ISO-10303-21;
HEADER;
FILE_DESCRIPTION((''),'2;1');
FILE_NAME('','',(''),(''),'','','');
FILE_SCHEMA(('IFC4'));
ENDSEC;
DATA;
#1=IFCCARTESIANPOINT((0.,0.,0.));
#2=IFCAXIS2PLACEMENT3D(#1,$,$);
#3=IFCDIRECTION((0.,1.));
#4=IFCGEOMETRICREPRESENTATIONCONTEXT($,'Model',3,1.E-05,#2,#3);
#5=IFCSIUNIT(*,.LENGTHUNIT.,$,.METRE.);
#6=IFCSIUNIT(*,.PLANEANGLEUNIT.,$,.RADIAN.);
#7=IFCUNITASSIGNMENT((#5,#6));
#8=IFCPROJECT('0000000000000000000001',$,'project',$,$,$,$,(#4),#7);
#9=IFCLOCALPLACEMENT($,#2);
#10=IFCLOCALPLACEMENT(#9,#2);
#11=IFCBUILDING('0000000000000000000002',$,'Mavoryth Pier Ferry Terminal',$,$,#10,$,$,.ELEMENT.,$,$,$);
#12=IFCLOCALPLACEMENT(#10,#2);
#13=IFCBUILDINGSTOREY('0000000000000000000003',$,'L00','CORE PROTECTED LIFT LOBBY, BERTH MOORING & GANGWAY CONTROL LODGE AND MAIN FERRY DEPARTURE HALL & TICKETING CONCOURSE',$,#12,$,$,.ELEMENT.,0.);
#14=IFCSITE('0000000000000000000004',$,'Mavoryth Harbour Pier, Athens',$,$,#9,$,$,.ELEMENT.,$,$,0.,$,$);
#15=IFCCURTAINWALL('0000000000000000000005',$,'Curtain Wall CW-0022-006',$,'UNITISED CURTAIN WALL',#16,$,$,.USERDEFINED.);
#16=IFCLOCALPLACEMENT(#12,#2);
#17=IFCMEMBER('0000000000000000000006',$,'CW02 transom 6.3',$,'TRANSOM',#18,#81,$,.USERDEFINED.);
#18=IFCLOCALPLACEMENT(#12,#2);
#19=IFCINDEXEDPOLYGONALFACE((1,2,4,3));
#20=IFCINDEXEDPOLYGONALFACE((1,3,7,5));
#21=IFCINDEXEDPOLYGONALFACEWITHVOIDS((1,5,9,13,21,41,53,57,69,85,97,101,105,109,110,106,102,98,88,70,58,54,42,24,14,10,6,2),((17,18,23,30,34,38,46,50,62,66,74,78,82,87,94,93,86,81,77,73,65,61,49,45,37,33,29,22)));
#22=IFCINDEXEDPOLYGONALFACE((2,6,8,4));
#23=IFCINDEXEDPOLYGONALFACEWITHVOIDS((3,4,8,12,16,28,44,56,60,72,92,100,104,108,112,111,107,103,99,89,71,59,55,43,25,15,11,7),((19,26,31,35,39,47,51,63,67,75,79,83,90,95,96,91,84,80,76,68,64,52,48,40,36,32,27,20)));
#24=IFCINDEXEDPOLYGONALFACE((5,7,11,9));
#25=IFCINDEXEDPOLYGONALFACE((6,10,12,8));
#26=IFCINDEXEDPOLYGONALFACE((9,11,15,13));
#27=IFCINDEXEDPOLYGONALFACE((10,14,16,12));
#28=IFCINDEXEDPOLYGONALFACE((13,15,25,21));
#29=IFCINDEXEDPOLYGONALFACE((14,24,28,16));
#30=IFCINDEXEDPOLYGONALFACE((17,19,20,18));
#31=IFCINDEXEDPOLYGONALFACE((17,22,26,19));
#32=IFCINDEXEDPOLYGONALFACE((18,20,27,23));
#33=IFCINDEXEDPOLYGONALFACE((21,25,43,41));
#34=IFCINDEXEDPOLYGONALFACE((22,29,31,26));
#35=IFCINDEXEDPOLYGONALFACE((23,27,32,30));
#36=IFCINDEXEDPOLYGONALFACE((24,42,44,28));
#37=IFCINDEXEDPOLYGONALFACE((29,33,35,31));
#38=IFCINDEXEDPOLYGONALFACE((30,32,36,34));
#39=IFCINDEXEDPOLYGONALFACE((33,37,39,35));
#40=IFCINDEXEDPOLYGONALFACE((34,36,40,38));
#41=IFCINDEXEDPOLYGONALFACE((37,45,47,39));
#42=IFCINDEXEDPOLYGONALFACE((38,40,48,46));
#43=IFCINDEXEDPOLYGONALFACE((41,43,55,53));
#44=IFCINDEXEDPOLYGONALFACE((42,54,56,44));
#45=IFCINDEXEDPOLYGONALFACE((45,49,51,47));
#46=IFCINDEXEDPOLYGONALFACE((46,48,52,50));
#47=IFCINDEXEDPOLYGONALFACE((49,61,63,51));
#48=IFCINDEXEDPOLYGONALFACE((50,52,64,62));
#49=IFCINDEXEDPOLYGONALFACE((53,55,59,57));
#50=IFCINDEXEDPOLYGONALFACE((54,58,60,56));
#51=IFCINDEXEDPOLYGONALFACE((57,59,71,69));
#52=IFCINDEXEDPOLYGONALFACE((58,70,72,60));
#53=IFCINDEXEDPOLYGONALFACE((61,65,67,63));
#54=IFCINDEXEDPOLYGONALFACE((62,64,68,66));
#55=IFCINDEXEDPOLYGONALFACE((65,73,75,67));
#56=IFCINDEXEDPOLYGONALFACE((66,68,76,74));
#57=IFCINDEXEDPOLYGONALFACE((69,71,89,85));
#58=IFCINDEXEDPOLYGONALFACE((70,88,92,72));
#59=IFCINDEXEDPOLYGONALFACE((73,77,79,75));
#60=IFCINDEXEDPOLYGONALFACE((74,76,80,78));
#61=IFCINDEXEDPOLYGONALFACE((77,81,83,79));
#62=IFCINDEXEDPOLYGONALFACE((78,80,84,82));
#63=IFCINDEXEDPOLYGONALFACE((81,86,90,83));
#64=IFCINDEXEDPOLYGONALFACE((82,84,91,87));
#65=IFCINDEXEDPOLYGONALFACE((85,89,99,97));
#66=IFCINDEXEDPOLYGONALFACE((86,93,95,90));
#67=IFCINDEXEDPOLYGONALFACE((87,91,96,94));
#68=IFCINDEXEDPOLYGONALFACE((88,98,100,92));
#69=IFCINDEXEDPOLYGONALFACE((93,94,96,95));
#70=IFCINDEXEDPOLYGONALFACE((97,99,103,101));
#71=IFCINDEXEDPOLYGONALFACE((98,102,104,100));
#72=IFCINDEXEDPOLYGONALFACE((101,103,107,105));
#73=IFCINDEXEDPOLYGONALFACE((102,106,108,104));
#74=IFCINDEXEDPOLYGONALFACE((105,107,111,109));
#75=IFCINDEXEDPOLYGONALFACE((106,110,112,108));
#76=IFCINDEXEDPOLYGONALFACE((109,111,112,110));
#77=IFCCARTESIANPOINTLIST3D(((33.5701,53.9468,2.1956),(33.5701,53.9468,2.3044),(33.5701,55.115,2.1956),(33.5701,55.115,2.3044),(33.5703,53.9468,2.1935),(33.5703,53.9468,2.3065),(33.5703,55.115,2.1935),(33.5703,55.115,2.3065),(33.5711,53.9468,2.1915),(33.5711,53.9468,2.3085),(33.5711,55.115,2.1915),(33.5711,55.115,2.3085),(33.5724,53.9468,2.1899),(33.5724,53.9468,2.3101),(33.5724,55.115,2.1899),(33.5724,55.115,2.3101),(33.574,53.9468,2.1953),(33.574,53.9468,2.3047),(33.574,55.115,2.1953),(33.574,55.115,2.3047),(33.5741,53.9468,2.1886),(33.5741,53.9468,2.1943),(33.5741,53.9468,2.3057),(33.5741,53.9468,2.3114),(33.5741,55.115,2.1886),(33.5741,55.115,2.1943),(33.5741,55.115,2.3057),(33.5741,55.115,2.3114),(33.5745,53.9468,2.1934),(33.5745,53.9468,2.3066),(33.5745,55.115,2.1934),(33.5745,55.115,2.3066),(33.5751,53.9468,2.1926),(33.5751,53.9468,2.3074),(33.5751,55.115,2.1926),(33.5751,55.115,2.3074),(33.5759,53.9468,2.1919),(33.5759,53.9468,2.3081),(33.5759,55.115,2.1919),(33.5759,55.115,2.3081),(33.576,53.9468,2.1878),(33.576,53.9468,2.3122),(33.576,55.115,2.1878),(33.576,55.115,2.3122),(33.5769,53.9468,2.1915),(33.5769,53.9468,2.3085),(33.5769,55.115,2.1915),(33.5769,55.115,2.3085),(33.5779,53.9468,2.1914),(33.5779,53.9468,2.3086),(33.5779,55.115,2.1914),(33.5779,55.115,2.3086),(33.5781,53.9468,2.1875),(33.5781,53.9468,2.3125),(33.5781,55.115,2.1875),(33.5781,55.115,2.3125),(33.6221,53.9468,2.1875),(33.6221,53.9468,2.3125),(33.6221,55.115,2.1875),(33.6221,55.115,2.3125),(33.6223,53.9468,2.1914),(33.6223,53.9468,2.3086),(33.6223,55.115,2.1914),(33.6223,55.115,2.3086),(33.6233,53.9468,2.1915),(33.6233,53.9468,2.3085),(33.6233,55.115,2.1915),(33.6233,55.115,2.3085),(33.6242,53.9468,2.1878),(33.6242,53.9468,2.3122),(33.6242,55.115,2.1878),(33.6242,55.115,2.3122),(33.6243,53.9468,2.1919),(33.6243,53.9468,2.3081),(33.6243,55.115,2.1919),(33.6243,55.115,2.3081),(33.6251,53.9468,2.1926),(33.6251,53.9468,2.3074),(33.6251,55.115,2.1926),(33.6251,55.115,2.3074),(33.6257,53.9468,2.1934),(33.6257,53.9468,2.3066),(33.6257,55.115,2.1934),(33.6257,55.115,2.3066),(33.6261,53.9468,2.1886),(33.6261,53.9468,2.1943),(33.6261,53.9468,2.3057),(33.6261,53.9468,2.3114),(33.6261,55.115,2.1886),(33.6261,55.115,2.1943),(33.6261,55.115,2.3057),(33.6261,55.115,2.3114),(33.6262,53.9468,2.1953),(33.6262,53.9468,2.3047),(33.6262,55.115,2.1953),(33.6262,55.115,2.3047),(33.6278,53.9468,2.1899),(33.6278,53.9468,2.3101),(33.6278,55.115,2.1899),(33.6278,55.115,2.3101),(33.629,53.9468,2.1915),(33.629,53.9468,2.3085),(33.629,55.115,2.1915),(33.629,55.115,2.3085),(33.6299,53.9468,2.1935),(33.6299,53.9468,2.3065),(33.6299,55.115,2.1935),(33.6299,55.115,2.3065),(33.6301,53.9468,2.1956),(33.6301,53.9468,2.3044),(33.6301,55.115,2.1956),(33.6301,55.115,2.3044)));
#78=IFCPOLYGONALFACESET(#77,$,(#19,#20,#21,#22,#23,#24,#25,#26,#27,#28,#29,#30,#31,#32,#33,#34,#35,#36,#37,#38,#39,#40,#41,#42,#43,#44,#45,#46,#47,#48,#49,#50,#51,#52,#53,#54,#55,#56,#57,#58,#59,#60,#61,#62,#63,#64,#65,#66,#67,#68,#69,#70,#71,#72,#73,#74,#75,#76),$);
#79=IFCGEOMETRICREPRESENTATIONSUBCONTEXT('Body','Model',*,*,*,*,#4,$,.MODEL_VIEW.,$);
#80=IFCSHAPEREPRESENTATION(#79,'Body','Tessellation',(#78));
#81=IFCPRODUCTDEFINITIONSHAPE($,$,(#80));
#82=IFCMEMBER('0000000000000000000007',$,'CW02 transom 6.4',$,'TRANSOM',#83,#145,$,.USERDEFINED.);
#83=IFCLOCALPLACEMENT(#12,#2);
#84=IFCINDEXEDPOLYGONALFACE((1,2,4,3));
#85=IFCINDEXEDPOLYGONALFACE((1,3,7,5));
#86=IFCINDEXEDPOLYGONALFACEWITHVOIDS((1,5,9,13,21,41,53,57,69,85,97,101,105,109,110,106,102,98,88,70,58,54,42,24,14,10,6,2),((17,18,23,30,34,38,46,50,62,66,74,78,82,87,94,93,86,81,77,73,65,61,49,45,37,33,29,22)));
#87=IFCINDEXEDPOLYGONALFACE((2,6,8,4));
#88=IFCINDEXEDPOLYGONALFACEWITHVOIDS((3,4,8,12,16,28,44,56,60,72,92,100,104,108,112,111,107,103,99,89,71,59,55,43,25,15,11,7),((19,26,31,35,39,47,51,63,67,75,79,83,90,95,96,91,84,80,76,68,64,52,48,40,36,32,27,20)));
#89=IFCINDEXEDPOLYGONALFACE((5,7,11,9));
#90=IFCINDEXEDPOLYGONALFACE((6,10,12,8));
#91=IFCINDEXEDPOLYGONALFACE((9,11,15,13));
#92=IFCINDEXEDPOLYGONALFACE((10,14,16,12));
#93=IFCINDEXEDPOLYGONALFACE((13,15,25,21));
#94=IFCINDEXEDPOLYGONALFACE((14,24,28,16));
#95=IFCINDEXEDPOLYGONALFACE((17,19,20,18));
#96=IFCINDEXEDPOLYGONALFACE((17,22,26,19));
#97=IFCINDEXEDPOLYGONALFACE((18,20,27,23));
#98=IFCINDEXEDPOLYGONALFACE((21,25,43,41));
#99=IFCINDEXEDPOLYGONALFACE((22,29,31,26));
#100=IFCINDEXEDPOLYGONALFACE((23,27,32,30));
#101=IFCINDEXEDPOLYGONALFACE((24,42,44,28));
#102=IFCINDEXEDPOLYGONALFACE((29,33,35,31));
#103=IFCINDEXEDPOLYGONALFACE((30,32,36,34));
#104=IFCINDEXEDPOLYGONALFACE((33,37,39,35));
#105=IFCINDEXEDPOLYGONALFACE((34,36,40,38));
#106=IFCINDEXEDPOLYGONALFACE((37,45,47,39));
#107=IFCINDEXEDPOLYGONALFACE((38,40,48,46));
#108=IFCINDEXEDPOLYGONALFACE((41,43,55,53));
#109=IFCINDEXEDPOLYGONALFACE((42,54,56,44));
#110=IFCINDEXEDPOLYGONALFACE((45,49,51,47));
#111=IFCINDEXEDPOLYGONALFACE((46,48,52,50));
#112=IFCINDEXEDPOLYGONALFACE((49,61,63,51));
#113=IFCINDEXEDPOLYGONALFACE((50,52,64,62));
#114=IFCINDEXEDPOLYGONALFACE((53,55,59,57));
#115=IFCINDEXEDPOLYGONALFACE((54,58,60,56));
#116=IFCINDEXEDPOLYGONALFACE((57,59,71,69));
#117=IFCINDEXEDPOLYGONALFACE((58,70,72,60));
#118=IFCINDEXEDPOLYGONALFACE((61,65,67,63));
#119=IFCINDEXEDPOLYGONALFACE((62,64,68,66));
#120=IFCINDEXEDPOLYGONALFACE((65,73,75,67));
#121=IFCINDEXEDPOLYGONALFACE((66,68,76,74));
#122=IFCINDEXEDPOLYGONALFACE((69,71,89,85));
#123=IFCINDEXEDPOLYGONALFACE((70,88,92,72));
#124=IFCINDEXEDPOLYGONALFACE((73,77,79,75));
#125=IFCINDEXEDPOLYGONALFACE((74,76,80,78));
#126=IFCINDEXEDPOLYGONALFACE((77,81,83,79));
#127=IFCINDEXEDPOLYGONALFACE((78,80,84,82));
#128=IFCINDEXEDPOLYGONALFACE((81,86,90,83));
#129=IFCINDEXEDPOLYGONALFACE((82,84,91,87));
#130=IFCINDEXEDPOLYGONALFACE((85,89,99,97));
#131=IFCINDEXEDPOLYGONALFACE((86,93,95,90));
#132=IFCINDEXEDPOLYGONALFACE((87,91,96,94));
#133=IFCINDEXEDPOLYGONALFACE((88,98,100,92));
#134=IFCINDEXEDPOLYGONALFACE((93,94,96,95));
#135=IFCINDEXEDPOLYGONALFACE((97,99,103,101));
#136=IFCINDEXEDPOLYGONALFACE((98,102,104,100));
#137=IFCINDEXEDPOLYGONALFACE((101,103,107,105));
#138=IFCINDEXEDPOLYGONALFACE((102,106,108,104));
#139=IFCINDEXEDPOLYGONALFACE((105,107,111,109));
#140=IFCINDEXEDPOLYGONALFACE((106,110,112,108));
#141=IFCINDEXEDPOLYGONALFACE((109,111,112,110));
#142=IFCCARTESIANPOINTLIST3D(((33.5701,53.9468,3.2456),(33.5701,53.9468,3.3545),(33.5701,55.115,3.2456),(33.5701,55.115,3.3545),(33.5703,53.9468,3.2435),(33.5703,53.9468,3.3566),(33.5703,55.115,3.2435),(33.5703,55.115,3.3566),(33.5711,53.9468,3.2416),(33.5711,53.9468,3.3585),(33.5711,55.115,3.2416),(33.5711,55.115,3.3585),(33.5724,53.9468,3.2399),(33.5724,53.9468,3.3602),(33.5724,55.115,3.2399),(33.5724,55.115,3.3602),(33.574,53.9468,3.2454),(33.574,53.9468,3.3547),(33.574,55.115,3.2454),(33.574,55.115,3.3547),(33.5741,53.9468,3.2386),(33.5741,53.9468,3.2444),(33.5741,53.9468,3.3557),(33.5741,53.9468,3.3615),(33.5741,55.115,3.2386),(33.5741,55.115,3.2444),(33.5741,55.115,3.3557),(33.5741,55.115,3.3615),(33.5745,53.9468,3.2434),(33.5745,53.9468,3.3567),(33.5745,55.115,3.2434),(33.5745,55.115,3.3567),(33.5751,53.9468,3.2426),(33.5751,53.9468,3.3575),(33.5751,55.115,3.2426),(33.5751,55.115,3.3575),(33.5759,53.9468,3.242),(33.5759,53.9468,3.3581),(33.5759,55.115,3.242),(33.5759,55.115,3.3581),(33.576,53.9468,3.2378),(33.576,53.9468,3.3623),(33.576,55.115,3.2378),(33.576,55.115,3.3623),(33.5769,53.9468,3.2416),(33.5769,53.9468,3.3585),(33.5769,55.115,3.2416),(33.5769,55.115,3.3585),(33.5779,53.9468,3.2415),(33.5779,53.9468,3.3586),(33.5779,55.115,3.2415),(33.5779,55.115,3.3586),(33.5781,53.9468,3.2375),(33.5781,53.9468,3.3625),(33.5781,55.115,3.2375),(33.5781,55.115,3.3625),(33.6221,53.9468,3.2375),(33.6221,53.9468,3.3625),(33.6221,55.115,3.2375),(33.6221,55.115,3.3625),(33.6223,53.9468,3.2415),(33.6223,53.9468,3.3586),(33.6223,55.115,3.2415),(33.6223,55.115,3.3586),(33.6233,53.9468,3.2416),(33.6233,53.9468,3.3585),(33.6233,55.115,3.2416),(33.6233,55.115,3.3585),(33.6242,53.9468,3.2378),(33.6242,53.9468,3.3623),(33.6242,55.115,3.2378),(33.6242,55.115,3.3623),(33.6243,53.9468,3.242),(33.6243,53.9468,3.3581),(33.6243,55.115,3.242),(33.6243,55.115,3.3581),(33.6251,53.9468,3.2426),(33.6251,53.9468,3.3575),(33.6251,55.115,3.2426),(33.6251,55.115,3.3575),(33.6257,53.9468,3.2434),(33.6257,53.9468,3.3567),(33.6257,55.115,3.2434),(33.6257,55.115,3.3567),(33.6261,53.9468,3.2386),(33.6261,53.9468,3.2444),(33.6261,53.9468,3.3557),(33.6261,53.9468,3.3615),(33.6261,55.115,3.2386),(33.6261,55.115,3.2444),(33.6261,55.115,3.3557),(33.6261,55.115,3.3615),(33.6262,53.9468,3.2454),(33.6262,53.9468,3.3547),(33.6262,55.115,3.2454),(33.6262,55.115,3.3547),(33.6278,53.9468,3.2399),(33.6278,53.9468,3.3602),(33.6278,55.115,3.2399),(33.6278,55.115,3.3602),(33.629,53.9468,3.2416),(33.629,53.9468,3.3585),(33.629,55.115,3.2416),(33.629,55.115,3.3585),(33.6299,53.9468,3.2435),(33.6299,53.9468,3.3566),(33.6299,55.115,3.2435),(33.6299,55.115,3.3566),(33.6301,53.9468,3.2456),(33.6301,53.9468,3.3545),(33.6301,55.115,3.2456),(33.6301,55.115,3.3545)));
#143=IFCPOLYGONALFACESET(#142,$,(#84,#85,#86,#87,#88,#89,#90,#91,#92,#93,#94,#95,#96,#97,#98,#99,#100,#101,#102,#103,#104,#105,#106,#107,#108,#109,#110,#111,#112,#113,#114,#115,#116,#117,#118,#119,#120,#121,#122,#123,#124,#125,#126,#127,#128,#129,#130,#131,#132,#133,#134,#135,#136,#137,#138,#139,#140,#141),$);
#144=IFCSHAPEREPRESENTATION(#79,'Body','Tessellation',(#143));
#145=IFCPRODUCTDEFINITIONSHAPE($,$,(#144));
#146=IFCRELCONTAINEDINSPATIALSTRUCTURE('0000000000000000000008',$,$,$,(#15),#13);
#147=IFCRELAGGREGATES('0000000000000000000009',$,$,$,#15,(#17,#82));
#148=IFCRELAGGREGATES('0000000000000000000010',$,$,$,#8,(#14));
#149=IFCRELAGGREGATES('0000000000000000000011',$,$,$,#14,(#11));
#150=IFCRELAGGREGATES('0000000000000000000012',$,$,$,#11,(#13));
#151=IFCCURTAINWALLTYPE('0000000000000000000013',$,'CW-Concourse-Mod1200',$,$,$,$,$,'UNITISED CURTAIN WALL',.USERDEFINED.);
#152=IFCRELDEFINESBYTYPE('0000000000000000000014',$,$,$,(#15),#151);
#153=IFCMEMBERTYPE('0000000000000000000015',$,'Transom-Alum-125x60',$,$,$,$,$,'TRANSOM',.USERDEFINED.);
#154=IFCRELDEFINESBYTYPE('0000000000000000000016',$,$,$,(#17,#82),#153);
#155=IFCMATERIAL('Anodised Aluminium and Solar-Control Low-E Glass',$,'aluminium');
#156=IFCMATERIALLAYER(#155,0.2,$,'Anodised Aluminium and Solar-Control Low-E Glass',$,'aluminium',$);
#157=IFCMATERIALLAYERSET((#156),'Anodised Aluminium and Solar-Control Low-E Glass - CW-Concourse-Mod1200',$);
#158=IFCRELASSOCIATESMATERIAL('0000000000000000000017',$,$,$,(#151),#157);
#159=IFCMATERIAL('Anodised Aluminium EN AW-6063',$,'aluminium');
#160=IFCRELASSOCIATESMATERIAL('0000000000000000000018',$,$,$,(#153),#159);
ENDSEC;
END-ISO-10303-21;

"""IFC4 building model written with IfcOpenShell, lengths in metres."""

from ifc_helpers import new_model, si_unit, direction, frame, origin, origin_2d, place, context, subcontext, project, spatial, hollow_rectangle, extrude, material, layer, layer_set, material_profile, profile_set, type_object, element, aggregate, save


model = new_model("IFC4")

# Units and contexts
model_context = context("Model", 3, precision=1e-05, world=origin(), true_north=direction((0.0, 1.0)))
body_context = subcontext(model_context, "Body", "Model", "MODEL_VIEW")
ifc_project = project(units=[si_unit("LENGTHUNIT", "METRE"), si_unit("PLANEANGLEUNIT", "RADIAN")], contexts=[model_context])

# Site, building, storey
site_placement = place(None, origin())
site = spatial("IfcSite", under=ifc_project, at=site_placement, Name="Mavoryth Harbour Pier, Athens", CompositionType="ELEMENT", RefElevation=0.0)
building_placement = place(site_placement, origin())
building = spatial("IfcBuilding", under=site, at=building_placement, Name="Mavoryth Pier Ferry Terminal", CompositionType="ELEMENT")
storey_placement = place(building_placement, origin())
storey = spatial("IfcBuildingStorey", under=building, at=storey_placement, Name="L00", Description="CORE PROTECTED LIFT LOBBY, BERTH MOORING & GANGWAY CONTROL LODGE AND MAIN FERRY DEPARTURE HALL & TICKETING CONCOURSE", CompositionType="ELEMENT", Elevation=0.0)

# Curtain wall
ifc_material_1 = material(Name="Anodised Aluminium and Solar-Control Low-E Glass", Category="aluminium")
ifc_layer_1 = layer(ifc_material_1, 0.2, Name="Anodised Aluminium and Solar-Control Low-E Glass", Category="aluminium")
ifc_layer_set_1 = layer_set([ifc_layer_1], Name="Anodised Aluminium and Solar-Control Low-E Glass - CW-Concourse-Mod1200")
curtain_wall_type = type_object("IfcCurtainWallType", Name="CW-Concourse-Mod1200", ElementType="UNITISED CURTAIN WALL", PredefinedType="USERDEFINED", material=ifc_layer_set_1)
curtain_wall_1_placement = place(storey_placement, origin())
curtain_wall_1 = element("IfcCurtainWall", 1, at=curtain_wall_1_placement, inside=storey, type_object=curtain_wall_type, Name="Curtain Wall CW-0022-006", ObjectType="UNITISED CURTAIN WALL", PredefinedType="USERDEFINED")
ifc_material_2 = material(Name="Anodised Aluminium EN AW-6063", Category="aluminium")

# Members
ifc_material_profile_1 = material_profile(ifc_material_2, hollow_rectangle(XDim=0.0601, YDim=0.125, WallThickness=0.0039, InnerFilletRadius=0.0039, OuterFilletRadius=0.0081, at=origin_2d()), Name="AL-TRAN 125x60x4", Category="aluminium")
ifc_profile_set_1 = profile_set([ifc_material_profile_1], Name="Anodised Aluminium EN AW-6063 - AL-TRAN 125x60x4")
member_type_1 = type_object("IfcMemberType", Name="Transom-Alum-125x60", ElementType="TRANSOM", PredefinedType="USERDEFINED", material=ifc_profile_set_1)
member_1_placement = place(storey_placement, frame((33.6001, 53.9468, 2.25), z_axis=(0.0, 1.0, 0.0), x_axis=(-1.0, 0.0, 0.0)))
member_1 = element("IfcMember", 2, at=member_1_placement, type_object=member_type_1, Name="CW02 transom 6.3", ObjectType="TRANSOM", PredefinedType="USERDEFINED", context=body_context, shape_type="SweptSolid", body=[
    extrude(hollow_rectangle(XDim=0.0601, YDim=0.125, WallThickness=0.0039, InnerFilletRadius=0.0039, OuterFilletRadius=0.0081, at=origin_2d()), origin(), (0.0, 0.0, 1.0), 1.1682),
])
member_2_placement = place(storey_placement, frame((33.6001, 53.9468, 3.3), z_axis=(0.0, 1.0, 0.0), x_axis=(-1.0, 0.0, 0.0)))
member_2 = element("IfcMember", 3, at=member_2_placement, type_object=member_type_1, Name="CW02 transom 6.4", ObjectType="TRANSOM", PredefinedType="USERDEFINED", context=body_context, shape_type="SweptSolid", body=[
    extrude(hollow_rectangle(XDim=0.0601, YDim=0.125, WallThickness=0.0039, InnerFilletRadius=0.0039, OuterFilletRadius=0.0081, at=origin_2d()), origin(), (0.0, 0.0, 1.0), 1.1682),
])

aggregate(curtain_wall_1, [member_1, member_2])

save(model, "model.ifc")
